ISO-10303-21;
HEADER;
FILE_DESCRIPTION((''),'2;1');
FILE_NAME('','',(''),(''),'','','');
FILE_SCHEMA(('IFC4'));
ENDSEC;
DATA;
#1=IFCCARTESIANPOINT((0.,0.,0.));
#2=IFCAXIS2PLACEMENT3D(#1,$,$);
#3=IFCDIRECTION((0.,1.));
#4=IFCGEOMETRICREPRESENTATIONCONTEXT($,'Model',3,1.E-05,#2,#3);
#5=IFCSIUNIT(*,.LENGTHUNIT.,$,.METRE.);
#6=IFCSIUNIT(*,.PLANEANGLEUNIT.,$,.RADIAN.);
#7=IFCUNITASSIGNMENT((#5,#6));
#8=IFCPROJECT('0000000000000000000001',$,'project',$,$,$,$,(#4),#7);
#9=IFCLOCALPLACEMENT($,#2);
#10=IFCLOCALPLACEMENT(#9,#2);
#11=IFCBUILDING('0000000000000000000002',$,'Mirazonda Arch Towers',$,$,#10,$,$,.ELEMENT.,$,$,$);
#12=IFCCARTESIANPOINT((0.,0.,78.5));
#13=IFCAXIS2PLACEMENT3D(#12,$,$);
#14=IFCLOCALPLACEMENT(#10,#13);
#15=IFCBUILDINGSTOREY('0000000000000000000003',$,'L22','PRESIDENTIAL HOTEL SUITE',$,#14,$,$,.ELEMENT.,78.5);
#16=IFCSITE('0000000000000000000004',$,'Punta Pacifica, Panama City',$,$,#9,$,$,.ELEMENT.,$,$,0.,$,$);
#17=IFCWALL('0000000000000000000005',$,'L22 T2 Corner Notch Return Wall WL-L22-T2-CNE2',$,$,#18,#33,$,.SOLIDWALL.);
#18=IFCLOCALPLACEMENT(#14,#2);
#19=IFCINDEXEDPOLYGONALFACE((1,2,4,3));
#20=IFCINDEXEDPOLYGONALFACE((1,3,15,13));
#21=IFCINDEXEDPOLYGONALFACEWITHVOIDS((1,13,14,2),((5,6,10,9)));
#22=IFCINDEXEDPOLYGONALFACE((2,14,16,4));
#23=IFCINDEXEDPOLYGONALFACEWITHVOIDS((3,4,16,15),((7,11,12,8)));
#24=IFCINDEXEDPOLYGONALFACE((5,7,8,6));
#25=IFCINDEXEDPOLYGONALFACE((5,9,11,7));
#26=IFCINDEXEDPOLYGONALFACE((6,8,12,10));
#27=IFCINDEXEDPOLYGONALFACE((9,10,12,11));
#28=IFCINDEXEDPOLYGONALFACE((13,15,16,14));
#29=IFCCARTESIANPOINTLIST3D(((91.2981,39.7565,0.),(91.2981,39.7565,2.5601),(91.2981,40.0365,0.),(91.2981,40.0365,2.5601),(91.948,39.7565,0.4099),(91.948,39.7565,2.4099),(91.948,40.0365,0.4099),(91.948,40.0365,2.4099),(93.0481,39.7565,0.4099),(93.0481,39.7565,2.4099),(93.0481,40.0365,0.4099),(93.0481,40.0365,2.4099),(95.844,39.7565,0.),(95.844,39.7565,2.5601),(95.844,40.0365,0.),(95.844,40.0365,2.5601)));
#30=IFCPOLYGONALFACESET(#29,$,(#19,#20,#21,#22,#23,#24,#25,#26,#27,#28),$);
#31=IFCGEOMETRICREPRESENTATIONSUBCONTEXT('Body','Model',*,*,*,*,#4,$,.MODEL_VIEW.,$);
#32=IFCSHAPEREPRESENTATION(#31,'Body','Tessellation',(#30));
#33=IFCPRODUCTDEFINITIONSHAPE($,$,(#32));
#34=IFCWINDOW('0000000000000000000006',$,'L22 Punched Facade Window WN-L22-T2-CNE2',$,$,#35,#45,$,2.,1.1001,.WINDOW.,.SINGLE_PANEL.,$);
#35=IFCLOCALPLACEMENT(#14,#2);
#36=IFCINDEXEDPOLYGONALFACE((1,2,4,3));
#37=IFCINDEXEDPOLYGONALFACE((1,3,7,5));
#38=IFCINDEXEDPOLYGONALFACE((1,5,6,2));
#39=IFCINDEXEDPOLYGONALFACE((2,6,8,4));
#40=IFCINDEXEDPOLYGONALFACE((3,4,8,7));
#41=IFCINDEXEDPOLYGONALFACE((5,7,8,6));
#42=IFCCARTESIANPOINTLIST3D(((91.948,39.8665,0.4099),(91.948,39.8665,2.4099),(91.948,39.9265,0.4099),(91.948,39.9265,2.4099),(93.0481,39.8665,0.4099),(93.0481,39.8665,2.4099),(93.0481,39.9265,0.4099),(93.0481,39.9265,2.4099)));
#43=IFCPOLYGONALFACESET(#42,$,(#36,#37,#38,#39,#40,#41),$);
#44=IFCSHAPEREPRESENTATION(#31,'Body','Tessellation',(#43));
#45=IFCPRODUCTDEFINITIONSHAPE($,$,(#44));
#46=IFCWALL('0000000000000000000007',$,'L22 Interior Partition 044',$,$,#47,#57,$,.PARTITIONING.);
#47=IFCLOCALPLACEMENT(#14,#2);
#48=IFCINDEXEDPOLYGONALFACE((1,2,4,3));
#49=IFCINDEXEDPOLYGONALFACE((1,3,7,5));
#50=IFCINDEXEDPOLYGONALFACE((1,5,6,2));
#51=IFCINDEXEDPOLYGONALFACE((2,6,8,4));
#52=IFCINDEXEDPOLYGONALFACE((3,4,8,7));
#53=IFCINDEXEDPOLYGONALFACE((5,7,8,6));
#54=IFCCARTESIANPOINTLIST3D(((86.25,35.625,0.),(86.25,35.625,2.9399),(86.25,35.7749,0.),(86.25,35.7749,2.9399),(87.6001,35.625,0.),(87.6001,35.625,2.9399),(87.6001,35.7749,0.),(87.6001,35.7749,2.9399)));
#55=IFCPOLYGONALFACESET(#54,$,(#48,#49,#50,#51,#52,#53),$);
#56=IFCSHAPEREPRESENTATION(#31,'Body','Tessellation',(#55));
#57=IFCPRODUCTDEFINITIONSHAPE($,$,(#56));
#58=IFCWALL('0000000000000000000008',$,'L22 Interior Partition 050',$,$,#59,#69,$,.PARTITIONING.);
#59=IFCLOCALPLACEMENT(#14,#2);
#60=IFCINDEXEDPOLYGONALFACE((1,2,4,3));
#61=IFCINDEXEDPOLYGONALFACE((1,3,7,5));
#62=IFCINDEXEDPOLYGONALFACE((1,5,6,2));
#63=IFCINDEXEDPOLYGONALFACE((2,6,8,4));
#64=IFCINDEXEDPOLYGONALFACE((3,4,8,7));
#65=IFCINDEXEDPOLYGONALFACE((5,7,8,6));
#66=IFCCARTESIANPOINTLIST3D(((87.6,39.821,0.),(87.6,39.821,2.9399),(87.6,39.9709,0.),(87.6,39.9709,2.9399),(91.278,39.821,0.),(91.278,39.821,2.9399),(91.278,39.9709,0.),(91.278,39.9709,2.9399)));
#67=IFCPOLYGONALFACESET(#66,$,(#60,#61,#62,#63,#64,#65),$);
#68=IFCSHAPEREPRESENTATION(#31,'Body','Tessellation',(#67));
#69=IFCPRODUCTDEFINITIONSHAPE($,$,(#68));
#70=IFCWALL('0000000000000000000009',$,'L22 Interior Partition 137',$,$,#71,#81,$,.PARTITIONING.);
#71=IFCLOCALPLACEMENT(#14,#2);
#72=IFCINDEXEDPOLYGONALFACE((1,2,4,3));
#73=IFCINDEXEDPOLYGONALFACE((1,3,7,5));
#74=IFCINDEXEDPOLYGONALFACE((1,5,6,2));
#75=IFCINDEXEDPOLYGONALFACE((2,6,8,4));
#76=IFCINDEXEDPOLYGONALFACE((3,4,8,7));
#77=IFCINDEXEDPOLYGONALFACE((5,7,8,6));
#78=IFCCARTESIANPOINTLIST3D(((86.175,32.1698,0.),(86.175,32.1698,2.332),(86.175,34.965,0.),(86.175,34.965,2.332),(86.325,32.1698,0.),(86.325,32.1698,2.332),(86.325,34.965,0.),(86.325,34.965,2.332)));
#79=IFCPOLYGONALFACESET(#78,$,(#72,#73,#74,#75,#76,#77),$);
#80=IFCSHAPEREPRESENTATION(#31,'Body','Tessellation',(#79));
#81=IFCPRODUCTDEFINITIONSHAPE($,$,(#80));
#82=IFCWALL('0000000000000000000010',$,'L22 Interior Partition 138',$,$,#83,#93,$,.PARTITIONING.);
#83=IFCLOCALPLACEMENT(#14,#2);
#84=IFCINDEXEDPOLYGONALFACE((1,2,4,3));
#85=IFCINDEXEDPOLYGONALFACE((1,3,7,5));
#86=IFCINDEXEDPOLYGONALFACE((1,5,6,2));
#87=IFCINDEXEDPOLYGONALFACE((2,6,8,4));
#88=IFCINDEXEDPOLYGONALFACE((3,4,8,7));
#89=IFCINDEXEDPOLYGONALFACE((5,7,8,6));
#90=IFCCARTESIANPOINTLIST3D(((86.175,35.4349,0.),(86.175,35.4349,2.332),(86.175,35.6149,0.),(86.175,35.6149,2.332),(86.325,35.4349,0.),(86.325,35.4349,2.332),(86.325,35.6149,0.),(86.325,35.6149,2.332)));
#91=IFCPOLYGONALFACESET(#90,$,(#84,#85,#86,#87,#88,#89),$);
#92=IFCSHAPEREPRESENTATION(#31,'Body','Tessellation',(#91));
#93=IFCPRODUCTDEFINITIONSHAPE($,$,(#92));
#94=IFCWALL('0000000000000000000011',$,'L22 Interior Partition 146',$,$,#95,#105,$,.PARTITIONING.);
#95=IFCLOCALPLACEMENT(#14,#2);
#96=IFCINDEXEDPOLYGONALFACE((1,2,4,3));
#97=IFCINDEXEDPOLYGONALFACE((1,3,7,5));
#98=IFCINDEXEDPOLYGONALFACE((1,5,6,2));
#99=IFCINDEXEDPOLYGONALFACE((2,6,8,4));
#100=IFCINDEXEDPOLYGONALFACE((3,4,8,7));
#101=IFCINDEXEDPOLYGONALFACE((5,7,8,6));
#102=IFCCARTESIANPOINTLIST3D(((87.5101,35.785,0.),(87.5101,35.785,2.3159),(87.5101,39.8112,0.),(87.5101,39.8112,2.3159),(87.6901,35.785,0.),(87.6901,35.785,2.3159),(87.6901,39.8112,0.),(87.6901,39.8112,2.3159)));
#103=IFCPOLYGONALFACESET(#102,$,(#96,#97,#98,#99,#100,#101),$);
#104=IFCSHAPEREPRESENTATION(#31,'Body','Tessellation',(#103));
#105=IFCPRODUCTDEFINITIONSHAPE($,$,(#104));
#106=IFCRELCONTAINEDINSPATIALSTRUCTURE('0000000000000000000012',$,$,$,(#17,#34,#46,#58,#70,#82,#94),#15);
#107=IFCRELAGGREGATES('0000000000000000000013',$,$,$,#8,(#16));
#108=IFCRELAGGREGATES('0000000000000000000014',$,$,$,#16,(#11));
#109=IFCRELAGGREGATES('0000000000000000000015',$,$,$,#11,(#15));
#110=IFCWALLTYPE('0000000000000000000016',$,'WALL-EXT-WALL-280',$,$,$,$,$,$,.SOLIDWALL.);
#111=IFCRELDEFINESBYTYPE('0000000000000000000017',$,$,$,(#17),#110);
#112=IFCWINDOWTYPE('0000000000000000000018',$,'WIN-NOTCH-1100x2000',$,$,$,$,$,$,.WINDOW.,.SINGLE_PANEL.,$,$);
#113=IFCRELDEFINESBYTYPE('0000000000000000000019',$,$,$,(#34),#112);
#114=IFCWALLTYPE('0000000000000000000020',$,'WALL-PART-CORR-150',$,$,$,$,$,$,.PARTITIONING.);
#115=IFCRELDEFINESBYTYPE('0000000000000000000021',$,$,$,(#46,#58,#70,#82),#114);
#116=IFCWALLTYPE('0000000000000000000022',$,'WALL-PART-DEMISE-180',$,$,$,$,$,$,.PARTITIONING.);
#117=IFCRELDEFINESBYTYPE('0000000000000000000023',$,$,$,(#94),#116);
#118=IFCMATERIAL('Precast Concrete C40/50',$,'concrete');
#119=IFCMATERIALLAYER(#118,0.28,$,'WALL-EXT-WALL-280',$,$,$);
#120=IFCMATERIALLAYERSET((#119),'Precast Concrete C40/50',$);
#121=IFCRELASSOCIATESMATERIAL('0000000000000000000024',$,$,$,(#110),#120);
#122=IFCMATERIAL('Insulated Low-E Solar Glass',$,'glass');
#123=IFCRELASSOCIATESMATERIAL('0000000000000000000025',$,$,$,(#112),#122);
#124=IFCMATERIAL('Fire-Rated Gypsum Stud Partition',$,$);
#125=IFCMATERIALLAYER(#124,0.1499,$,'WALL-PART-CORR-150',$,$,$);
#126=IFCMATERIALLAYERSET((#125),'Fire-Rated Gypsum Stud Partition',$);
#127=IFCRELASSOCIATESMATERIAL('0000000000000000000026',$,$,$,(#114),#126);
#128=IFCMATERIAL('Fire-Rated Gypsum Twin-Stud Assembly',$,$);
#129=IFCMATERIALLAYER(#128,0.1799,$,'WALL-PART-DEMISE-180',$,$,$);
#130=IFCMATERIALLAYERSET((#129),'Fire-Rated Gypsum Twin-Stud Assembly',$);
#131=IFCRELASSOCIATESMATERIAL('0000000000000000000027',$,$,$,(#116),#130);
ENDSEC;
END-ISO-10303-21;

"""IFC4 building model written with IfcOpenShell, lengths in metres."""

from ifc_helpers import new_model, si_unit, direction, frame, frame_2d, origin, place, context, subcontext, project, spatial, rectangle, extrude, material, layer, layer_set, type_object, element, fill, save


model = new_model("IFC4")

# Units and contexts
model_context = context("Model", 3, precision=1e-05, world=origin(), true_north=direction((0.0, 1.0)))
body_context = subcontext(model_context, "Body", "Model", "MODEL_VIEW")
ifc_project = project(units=[si_unit("LENGTHUNIT", "METRE"), si_unit("PLANEANGLEUNIT", "RADIAN")], contexts=[model_context])

# Site, building, storey
site_placement = place(None, origin())
site = spatial("IfcSite", under=ifc_project, at=site_placement, Name="Punta Pacifica, Panama City", CompositionType="ELEMENT", RefElevation=0.0)
building_placement = place(site_placement, origin())
building = spatial("IfcBuilding", under=site, at=building_placement, Name="Mirazonda Arch Towers", CompositionType="ELEMENT")
storey_placement = place(building_placement, frame((0.0, 0.0, 78.5)))
storey = spatial("IfcBuildingStorey", under=building, at=storey_placement, Name="L22", Description="PRESIDENTIAL HOTEL SUITE", CompositionType="ELEMENT", Elevation=78.5)

# Shared definitions
ifc_material_1 = material(Name="Insulated Low-E Solar Glass", Category="glass")

# Wall, opening, window
ifc_material_2 = material(Name="Precast Concrete C40/50", Category="concrete")
ifc_layer_1 = layer(ifc_material_2, 0.28, Name="WALL-EXT-WALL-280")
ifc_layer_set_1 = layer_set([ifc_layer_1], Name="Precast Concrete C40/50")
wall_type_1 = type_object("IfcWallType", Name="WALL-EXT-WALL-280", PredefinedType="SOLIDWALL", material=ifc_layer_set_1)
window_type = type_object("IfcWindowType", Name="WIN-NOTCH-1100x2000", PartitioningType="SINGLE_PANEL", PredefinedType="WINDOW", material=ifc_material_1)
wall_1_placement = place(storey_placement, frame((95.844, 39.8965, 0.0), z_axis=(0.0, 0.0, 1.0), x_axis=(-1.0, 0.0, 0.0)))
wall_1 = element("IfcWall", 1, at=wall_1_placement, inside=storey, type_object=wall_type_1, Name="L22 T2 Corner Notch Return Wall WL-L22-T2-CNE2", PredefinedType="SOLIDWALL", context=body_context, shape_type="SweptSolid", body=[
    extrude(rectangle(XDim=4.5459, YDim=0.28, at=frame_2d((2.2729, 0.0))), origin(), (0.0, 0.0, 1.0), 2.5601),
])
opening_1_placement = place(wall_1_placement, frame((2.7959, 0.0, 0.4099)))
opening_1 = element("IfcOpeningElement", 2, at=opening_1_placement, cuts=wall_1, PredefinedType="OPENING", context=body_context, shape_type="SweptSolid", body=[
    extrude(rectangle(XDim=1.1001, YDim=2.0, at=frame_2d((0.55, 1.0))), frame((0.0, 0.1499, 0.0), z_axis=(0.0, -1.0, 0.0), x_axis=(1.0, 0.0, 0.0)), (0.0, 0.0, 1.0), 0.3),
])
window_1_placement = place(opening_1_placement, origin())
window_1 = element("IfcWindow", 3, at=window_1_placement, inside=storey, type_object=window_type, Name="L22 Punched Facade Window WN-L22-T2-CNE2", OverallHeight=2.0, OverallWidth=1.1001, PartitioningType="SINGLE_PANEL", PredefinedType="WINDOW", context=body_context, shape_type="SweptSolid", body=[
    extrude(rectangle(XDim=1.1001, YDim=2.0, at=frame_2d((0.55, 1.0))), frame((0.0, 0.03, 0.0), z_axis=(0.0, -1.0, 0.0), x_axis=(1.0, 0.0, 0.0)), (0.0, 0.0, 1.0), 0.0601),
])
fill(opening_1, window_1)

# Walls
ifc_material_3 = material(Name="Fire-Rated Gypsum Stud Partition")
ifc_layer_2 = layer(ifc_material_3, 0.1499, Name="WALL-PART-CORR-150")
ifc_layer_set_2 = layer_set([ifc_layer_2], Name="Fire-Rated Gypsum Stud Partition")
wall_type_2 = type_object("IfcWallType", Name="WALL-PART-CORR-150", PredefinedType="PARTITIONING", material=ifc_layer_set_2)
wall_2_placement = place(storey_placement, frame((86.25, 35.7, 0.0), z_axis=(0.0, 0.0, 1.0), x_axis=(1.0, 0.0, 0.0)))
element("IfcWall", 4, at=wall_2_placement, inside=storey, type_object=wall_type_2, Name="L22 Interior Partition 044", PredefinedType="PARTITIONING", context=body_context, shape_type="SweptSolid", body=[
    extrude(rectangle(XDim=1.3501, YDim=0.1499, at=frame_2d((0.675, 0.0))), origin(), (0.0, 0.0, 1.0), 2.9399),
])
wall_3_placement = place(storey_placement, frame((87.6001, 39.896, 0.0), z_axis=(0.0, 0.0, 1.0), x_axis=(1.0, 0.0, 0.0)))
element("IfcWall", 5, at=wall_3_placement, inside=storey, type_object=wall_type_2, Name="L22 Interior Partition 050", PredefinedType="PARTITIONING", context=body_context, shape_type="SweptSolid", body=[
    extrude(rectangle(XDim=3.678, YDim=0.1499, at=frame_2d((1.8389, 0.0))), origin(), (0.0, 0.0, 1.0), 2.9399),
])
wall_4_placement = place(storey_placement, frame((86.25, 32.1699, 0.0), z_axis=(0.0, 0.0, 1.0), x_axis=(0.0, 1.0, 0.0)))
element("IfcWall", 6, at=wall_4_placement, inside=storey, type_object=wall_type_2, Name="L22 Interior Partition 137", PredefinedType="PARTITIONING", context=body_context, shape_type="SweptSolid", body=[
    extrude(rectangle(XDim=2.7952, YDim=0.1499, at=frame_2d((1.3975, 0.0))), origin(), (0.0, 0.0, 1.0), 2.332),
])
wall_5_placement = place(storey_placement, frame((86.25, 35.4351, 0.0), z_axis=(0.0, 0.0, 1.0), x_axis=(0.0, 1.0, 0.0)))
element("IfcWall", 7, at=wall_5_placement, inside=storey, type_object=wall_type_2, Name="L22 Interior Partition 138", PredefinedType="PARTITIONING", context=body_context, shape_type="SweptSolid", body=[
    extrude(rectangle(XDim=0.1799, YDim=0.1499, at=frame_2d((0.0898, 0.0))), origin(), (0.0, 0.0, 1.0), 2.332),
])
ifc_material_4 = material(Name="Fire-Rated Gypsum Twin-Stud Assembly")
ifc_layer_3 = layer(ifc_material_4, 0.1799, Name="WALL-PART-DEMISE-180")
ifc_layer_set_3 = layer_set([ifc_layer_3], Name="Fire-Rated Gypsum Twin-Stud Assembly")
wall_type_3 = type_object("IfcWallType", Name="WALL-PART-DEMISE-180", PredefinedType="PARTITIONING", material=ifc_layer_set_3)
wall_6_placement = place(storey_placement, frame((87.6001, 35.7849, 0.0), z_axis=(0.0, 0.0, 1.0), x_axis=(0.0, 1.0, 0.0)))
element("IfcWall", 8, at=wall_6_placement, inside=storey, type_object=wall_type_3, Name="L22 Interior Partition 146", PredefinedType="PARTITIONING", context=body_context, shape_type="SweptSolid", body=[
    extrude(rectangle(XDim=4.0261, YDim=0.1799, at=frame_2d((2.0132, 0.0))), origin(), (0.0, 0.0, 1.0), 2.3159),
])

save(model, "model.ifc")
